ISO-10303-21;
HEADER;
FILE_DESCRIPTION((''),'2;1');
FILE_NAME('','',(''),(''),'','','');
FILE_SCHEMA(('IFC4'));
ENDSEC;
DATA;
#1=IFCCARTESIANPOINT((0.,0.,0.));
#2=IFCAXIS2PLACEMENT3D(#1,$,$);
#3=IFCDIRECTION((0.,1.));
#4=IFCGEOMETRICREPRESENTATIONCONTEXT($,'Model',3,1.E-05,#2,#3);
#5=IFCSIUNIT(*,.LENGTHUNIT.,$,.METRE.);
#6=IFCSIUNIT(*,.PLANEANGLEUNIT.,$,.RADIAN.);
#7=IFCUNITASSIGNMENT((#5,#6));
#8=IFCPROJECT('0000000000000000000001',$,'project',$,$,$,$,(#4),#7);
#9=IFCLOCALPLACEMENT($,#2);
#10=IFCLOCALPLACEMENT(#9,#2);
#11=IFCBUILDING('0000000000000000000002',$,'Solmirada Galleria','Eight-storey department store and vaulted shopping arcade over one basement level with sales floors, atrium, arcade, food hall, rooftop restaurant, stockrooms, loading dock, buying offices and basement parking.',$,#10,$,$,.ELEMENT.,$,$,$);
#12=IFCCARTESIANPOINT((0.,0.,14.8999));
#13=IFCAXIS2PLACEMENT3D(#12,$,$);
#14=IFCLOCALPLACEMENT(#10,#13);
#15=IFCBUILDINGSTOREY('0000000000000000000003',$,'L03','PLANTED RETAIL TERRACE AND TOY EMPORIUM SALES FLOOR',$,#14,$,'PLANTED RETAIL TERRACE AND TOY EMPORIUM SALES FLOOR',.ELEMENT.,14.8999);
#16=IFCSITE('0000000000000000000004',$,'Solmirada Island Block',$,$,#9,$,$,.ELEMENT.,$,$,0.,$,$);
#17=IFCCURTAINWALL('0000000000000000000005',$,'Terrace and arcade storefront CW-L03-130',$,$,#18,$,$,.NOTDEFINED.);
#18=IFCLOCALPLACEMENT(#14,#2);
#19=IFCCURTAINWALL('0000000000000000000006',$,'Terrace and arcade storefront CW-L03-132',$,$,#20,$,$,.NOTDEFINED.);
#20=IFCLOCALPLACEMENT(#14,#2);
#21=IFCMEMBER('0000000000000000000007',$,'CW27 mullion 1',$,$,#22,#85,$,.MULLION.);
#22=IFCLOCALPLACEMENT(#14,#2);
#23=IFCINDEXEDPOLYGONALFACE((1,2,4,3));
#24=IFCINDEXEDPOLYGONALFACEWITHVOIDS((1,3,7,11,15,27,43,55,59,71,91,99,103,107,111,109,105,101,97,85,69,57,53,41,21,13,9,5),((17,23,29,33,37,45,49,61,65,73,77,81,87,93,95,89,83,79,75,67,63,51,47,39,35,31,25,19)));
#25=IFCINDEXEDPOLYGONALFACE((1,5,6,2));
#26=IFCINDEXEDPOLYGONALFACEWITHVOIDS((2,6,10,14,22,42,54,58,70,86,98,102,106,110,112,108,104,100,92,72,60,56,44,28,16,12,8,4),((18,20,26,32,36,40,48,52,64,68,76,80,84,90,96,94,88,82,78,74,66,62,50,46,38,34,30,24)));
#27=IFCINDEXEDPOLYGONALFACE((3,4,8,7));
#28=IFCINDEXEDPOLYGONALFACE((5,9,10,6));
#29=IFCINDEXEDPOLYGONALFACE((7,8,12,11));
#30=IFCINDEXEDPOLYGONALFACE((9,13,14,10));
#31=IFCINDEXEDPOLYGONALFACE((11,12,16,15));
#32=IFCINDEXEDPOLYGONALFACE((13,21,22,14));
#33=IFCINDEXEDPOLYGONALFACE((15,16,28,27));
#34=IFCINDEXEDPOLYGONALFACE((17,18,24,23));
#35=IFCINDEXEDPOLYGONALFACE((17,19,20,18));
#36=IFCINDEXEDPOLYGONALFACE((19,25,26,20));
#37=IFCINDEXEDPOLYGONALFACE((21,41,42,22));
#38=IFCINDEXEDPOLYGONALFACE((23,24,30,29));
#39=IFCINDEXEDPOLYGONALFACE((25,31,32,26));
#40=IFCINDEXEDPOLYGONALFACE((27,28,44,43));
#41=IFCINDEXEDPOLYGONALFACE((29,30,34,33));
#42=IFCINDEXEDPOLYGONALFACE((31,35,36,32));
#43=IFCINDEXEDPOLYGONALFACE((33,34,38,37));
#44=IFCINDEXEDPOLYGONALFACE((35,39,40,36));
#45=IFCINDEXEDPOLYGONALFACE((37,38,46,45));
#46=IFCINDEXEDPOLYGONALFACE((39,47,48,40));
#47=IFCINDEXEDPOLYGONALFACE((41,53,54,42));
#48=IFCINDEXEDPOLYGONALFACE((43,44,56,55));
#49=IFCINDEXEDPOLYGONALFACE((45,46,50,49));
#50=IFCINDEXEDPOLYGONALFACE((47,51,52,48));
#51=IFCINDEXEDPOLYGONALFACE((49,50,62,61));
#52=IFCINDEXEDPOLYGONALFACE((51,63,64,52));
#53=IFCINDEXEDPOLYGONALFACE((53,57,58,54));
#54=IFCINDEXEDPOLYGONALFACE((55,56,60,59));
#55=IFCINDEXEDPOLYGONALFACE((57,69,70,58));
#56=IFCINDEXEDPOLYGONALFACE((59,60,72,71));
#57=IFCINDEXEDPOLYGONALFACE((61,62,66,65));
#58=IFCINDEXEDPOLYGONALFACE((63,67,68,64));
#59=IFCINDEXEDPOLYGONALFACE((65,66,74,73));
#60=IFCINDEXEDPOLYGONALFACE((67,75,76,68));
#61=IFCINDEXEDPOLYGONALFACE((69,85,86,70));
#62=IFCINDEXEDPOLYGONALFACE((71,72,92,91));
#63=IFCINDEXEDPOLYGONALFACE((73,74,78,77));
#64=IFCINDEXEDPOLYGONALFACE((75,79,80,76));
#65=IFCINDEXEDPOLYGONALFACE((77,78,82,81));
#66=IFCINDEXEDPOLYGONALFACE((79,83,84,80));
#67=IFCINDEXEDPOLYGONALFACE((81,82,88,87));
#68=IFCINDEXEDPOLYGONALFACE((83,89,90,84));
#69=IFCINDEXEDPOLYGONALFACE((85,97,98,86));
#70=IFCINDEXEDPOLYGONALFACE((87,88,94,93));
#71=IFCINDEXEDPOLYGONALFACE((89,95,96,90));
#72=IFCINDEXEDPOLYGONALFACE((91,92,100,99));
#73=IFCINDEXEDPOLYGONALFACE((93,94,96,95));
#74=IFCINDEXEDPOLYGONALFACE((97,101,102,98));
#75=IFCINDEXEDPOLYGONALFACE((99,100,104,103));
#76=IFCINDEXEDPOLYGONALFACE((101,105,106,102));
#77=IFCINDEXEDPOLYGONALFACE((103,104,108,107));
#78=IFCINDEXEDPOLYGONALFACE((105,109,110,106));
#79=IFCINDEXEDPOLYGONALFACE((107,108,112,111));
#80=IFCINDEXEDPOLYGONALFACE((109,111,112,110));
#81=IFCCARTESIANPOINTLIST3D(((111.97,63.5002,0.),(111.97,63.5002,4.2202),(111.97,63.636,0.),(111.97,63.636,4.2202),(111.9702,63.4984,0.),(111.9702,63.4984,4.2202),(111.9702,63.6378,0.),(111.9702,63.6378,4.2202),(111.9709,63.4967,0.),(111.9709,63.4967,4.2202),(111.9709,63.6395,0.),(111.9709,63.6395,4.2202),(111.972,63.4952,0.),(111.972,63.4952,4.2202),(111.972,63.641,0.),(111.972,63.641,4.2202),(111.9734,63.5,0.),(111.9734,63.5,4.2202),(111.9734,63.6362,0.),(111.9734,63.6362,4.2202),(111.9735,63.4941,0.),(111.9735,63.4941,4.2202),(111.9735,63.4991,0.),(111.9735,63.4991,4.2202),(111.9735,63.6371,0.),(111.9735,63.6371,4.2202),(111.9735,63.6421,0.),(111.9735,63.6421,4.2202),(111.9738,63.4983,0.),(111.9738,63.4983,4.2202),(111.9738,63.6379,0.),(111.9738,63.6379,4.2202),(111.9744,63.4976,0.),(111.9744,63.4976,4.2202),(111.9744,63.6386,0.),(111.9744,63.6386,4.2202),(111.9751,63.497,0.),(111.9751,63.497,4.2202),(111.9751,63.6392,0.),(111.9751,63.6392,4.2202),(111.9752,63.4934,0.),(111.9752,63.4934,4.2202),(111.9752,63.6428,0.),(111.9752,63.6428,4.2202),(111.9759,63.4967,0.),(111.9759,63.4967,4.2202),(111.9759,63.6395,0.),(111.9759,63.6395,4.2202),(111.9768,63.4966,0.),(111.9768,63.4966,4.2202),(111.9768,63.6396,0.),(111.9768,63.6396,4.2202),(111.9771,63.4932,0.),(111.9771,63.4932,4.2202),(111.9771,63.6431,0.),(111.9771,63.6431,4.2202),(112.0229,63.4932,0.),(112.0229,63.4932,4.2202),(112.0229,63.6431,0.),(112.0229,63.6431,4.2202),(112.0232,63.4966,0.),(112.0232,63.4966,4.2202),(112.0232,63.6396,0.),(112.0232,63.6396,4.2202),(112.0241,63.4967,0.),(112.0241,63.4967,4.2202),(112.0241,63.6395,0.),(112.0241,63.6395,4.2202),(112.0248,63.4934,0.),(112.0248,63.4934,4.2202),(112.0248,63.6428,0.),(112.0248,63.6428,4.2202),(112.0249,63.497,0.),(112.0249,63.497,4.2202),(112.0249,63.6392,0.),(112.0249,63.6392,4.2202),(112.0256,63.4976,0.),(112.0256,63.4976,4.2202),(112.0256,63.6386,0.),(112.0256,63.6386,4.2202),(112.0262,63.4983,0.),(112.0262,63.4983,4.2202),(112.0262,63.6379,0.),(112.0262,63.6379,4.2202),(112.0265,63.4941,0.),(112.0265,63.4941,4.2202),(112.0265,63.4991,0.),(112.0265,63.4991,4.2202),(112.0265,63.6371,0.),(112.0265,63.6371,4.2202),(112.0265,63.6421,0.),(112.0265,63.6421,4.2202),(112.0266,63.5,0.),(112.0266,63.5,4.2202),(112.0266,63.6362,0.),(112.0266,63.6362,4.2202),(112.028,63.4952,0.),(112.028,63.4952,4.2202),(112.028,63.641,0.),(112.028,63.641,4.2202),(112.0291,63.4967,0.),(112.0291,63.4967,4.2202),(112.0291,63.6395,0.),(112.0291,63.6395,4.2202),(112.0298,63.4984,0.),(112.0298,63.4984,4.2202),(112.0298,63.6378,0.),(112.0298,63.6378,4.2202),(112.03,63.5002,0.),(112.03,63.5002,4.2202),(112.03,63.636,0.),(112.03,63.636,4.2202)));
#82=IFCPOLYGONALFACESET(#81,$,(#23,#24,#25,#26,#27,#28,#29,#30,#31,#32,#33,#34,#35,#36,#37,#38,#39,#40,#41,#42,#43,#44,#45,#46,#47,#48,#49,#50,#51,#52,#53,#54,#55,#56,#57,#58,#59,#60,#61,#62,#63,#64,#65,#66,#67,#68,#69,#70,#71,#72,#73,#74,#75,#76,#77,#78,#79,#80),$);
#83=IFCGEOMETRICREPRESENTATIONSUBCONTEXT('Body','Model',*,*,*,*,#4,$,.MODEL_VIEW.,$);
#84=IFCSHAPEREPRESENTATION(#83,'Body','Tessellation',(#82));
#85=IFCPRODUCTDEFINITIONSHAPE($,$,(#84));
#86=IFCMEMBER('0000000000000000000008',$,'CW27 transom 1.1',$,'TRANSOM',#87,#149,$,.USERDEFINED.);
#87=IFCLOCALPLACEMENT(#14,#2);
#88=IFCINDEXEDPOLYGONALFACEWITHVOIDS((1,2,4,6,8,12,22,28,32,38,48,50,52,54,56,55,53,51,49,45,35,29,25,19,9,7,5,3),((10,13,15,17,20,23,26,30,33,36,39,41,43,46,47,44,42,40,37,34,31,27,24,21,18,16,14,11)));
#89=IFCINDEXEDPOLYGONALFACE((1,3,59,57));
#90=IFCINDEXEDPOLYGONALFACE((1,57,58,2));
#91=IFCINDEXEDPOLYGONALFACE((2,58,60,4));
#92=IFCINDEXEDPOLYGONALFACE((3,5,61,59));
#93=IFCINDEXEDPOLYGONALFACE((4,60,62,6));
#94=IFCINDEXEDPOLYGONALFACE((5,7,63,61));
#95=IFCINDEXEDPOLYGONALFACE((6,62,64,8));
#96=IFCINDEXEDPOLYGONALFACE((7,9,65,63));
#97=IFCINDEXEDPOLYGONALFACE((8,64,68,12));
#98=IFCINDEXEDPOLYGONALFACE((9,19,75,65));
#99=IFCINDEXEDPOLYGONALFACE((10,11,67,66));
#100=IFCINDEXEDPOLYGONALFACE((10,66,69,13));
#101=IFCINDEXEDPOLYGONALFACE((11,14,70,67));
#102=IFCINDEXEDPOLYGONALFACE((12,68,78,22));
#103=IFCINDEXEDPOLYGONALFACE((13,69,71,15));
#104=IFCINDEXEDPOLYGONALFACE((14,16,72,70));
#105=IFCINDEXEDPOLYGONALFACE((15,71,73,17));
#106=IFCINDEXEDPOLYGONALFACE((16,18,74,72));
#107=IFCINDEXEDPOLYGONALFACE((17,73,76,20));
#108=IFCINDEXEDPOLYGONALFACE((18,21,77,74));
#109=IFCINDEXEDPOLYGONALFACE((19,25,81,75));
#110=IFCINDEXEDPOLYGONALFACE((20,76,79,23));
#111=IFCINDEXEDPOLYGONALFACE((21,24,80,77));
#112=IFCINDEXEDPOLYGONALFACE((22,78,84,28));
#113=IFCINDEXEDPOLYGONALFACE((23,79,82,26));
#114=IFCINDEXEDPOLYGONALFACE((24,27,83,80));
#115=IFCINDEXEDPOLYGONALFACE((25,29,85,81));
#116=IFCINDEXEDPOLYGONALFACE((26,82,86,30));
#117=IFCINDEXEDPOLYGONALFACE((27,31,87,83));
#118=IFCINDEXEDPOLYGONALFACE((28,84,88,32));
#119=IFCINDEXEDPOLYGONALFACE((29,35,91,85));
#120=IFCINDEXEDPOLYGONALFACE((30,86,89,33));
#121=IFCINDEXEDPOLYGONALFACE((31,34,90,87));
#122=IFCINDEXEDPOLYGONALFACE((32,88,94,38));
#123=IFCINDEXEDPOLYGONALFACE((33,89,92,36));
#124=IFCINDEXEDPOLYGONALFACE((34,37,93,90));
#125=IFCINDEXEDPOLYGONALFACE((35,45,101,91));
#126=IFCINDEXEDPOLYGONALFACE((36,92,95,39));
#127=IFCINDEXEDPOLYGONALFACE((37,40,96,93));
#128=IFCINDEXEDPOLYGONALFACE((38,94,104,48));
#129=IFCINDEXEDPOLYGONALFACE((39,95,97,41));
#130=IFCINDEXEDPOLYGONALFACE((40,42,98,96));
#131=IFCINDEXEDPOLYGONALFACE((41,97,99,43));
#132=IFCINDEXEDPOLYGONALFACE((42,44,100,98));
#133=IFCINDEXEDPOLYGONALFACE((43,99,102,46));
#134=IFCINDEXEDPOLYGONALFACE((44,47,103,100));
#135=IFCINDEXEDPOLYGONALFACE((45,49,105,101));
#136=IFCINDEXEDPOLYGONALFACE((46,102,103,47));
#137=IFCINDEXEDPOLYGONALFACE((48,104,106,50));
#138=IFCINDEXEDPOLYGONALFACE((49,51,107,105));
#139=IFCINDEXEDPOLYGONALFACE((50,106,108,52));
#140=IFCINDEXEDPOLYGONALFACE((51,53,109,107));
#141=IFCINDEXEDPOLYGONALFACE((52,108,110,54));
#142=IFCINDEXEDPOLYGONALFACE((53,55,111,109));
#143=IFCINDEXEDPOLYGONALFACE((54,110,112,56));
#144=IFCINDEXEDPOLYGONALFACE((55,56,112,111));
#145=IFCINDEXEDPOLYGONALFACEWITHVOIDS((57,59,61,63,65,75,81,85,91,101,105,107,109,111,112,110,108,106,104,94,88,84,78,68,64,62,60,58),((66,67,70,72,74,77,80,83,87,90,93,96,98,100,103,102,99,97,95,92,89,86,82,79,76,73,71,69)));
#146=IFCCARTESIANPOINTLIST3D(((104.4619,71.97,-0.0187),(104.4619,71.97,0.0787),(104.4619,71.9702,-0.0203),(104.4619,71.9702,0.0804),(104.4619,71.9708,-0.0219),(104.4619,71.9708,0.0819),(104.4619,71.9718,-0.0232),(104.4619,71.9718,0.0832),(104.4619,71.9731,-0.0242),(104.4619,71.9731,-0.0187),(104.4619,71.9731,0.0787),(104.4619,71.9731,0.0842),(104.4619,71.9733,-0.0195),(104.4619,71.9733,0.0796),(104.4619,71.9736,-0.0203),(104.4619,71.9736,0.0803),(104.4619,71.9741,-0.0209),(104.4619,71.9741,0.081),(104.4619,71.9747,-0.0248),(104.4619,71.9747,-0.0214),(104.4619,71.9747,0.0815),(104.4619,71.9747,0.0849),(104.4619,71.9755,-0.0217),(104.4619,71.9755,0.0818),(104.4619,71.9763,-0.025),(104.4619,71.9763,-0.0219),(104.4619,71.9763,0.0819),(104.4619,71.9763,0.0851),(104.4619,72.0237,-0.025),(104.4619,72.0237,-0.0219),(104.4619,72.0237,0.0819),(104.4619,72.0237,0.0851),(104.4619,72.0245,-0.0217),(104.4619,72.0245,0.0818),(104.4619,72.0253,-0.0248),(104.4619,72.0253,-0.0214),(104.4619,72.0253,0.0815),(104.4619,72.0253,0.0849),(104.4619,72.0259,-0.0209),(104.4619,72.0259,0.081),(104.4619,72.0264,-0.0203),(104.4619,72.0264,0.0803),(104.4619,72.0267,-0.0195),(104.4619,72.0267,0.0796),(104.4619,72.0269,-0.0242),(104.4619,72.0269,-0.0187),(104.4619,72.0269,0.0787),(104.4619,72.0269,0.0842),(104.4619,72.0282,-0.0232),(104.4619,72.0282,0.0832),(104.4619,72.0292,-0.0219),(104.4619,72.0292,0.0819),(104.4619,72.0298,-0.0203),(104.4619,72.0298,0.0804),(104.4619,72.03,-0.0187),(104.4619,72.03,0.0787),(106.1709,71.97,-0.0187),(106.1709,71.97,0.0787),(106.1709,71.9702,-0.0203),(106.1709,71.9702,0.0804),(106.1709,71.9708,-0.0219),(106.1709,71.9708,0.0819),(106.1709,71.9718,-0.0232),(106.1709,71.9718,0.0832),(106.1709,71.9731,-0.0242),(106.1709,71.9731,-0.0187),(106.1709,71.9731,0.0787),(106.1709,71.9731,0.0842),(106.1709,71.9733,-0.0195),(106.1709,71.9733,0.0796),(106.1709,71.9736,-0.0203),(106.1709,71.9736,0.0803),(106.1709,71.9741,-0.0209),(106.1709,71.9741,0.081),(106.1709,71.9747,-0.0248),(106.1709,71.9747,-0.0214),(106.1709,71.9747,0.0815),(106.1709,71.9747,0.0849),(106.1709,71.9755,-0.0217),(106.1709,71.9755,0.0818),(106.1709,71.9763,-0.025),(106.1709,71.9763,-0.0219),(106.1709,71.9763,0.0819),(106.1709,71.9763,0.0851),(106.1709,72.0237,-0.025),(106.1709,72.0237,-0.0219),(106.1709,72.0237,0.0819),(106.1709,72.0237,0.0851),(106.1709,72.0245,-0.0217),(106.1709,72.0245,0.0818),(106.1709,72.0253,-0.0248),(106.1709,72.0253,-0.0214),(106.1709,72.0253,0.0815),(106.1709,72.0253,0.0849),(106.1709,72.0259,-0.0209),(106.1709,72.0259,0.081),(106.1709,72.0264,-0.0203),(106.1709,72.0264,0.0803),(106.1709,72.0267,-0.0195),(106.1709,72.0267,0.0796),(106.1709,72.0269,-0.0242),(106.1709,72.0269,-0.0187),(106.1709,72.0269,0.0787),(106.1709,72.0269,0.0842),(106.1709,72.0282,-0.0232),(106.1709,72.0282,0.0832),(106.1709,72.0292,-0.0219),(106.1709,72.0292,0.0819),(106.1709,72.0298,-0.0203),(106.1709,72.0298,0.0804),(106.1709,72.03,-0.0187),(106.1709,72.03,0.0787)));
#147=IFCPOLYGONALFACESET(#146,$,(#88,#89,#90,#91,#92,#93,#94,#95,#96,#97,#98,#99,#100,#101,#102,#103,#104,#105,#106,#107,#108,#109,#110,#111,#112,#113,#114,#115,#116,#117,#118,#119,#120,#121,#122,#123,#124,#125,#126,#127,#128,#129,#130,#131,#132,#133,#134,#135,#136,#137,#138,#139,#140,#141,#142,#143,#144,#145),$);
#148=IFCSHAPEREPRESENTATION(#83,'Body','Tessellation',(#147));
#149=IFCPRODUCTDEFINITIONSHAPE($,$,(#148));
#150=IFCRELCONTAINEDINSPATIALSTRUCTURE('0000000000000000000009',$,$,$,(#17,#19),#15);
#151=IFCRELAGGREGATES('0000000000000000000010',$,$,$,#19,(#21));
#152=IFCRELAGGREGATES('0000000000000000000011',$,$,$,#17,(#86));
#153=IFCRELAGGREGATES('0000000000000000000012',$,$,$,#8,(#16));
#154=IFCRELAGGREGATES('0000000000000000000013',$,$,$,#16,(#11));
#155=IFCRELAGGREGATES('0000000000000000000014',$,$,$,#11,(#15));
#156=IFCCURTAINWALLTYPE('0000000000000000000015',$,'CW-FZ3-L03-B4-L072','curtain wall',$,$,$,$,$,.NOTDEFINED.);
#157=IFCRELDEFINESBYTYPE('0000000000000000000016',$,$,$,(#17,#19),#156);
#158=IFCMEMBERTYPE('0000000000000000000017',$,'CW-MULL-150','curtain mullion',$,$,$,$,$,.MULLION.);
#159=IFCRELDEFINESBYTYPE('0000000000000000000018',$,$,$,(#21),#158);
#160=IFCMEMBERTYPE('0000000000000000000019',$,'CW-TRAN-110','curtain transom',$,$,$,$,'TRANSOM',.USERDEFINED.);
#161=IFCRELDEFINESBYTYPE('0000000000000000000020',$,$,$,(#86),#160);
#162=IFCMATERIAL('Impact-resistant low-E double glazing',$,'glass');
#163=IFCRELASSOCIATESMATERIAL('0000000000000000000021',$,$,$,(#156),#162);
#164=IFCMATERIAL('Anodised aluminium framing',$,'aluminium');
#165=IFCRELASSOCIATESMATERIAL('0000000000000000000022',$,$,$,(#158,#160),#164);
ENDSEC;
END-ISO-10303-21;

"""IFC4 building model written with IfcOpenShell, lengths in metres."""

from ifc_helpers import new_model, si_unit, direction, frame, origin, origin_2d, place, context, subcontext, project, spatial, hollow_rectangle, extrude, material, material_profile, profile_set, type_object, element, aggregate, save


model = new_model("IFC4")

# Units and contexts
model_context = context("Model", 3, precision=1e-05, world=origin(), true_north=direction((0.0, 1.0)))
body_context = subcontext(model_context, "Body", "Model", "MODEL_VIEW")
ifc_project = project(units=[si_unit("LENGTHUNIT", "METRE"), si_unit("PLANEANGLEUNIT", "RADIAN")], contexts=[model_context])

# Site, building, storey
site_placement = place(None, origin())
site = spatial("IfcSite", under=ifc_project, at=site_placement, Name="Solmirada Island Block", CompositionType="ELEMENT", RefElevation=0.0)
building_placement = place(site_placement, origin())
building = spatial("IfcBuilding", under=site, at=building_placement, Name="Solmirada Galleria", Description="Eight-storey department store and vaulted shopping arcade over one basement level with sales floors, atrium, arcade, food hall, rooftop restaurant, stockrooms, loading dock, buying offices and basement parking.", CompositionType="ELEMENT")
storey_placement = place(building_placement, frame((0.0, 0.0, 14.8999)))
storey = spatial("IfcBuildingStorey", under=building, at=storey_placement, Name="L03", Description="PLANTED RETAIL TERRACE AND TOY EMPORIUM SALES FLOOR", LongName="PLANTED RETAIL TERRACE AND TOY EMPORIUM SALES FLOOR", CompositionType="ELEMENT", Elevation=14.8999)

# Shared definitions
ifc_material_1 = material(Name="Impact-resistant low-E double glazing", Category="glass")
curtain_wall_type = type_object("IfcCurtainWallType", Name="CW-FZ3-L03-B4-L072", Description="curtain wall", PredefinedType="NOTDEFINED", material=ifc_material_1)
ifc_material_2 = material(Name="Anodised aluminium framing", Category="aluminium")
ifc_material_profile_1 = material_profile(ifc_material_2, hollow_rectangle(XDim=0.0601, YDim=0.1499, WallThickness=0.0034, InnerFilletRadius=0.0034, OuterFilletRadius=0.0071, at=origin_2d()), Name="ALU-MULL-150X60")
ifc_profile_set_1 = profile_set([ifc_material_profile_1], Name="Anodised aluminium framing")
member_type_1 = type_object("IfcMemberType", Name="CW-MULL-150", Description="curtain mullion", PredefinedType="MULLION", material=ifc_profile_set_1)

# Curtain wall
curtain_wall_1_placement = place(storey_placement, origin())
curtain_wall_1 = element("IfcCurtainWall", 1, at=curtain_wall_1_placement, inside=storey, type_object=curtain_wall_type, Name="Terrace and arcade storefront CW-L03-130", PredefinedType="NOTDEFINED")

# Curtain wall, member
curtain_wall_2_placement = place(storey_placement, origin())
curtain_wall_2 = element("IfcCurtainWall", 2, at=curtain_wall_2_placement, inside=storey, type_object=curtain_wall_type, Name="Terrace and arcade storefront CW-L03-132", PredefinedType="NOTDEFINED")
member_1_placement = place(storey_placement, frame((112.0, 63.5681, 0.0), z_axis=(0.0, 0.0, 1.0), x_axis=(1.0, 0.0, 0.0)))
member_1 = element("IfcMember", 3, at=member_1_placement, type_object=member_type_1, Name="CW27 mullion 1", PredefinedType="MULLION", context=body_context, shape_type="SweptSolid", body=[
    extrude(hollow_rectangle(XDim=0.0601, YDim=0.1499, WallThickness=0.0034, InnerFilletRadius=0.0034, OuterFilletRadius=0.0071, at=origin_2d()), origin(), (0.0, 0.0, 1.0), 4.2202),
])
aggregate(curtain_wall_2, [member_1])

# Member
ifc_material_profile_2 = material_profile(ifc_material_2, hollow_rectangle(XDim=0.0601, YDim=0.1101, WallThickness=0.0032, InnerFilletRadius=0.0032, OuterFilletRadius=0.0063, at=origin_2d()), Name="ALU-TRAN-110X60")
ifc_profile_set_2 = profile_set([ifc_material_profile_2], Name="Anodised aluminium framing")
member_type_2 = type_object("IfcMemberType", Name="CW-TRAN-110", Description="curtain transom", ElementType="TRANSOM", PredefinedType="USERDEFINED", material=ifc_profile_set_2)
member_2_placement = place(storey_placement, frame((104.4619, 72.0, 0.03), z_axis=(1.0, 0.0, 0.0), x_axis=(0.0, 1.0, 0.0)))
member_2 = element("IfcMember", 4, at=member_2_placement, type_object=member_type_2, Name="CW27 transom 1.1", ObjectType="TRANSOM", PredefinedType="USERDEFINED", context=body_context, shape_type="SweptSolid", body=[
    extrude(hollow_rectangle(XDim=0.0601, YDim=0.1101, WallThickness=0.0032, InnerFilletRadius=0.0032, OuterFilletRadius=0.0063, at=origin_2d()), origin(), (0.0, 0.0, 1.0), 1.709),
])

aggregate(curtain_wall_1, [member_2])

save(model, "model.ifc")
